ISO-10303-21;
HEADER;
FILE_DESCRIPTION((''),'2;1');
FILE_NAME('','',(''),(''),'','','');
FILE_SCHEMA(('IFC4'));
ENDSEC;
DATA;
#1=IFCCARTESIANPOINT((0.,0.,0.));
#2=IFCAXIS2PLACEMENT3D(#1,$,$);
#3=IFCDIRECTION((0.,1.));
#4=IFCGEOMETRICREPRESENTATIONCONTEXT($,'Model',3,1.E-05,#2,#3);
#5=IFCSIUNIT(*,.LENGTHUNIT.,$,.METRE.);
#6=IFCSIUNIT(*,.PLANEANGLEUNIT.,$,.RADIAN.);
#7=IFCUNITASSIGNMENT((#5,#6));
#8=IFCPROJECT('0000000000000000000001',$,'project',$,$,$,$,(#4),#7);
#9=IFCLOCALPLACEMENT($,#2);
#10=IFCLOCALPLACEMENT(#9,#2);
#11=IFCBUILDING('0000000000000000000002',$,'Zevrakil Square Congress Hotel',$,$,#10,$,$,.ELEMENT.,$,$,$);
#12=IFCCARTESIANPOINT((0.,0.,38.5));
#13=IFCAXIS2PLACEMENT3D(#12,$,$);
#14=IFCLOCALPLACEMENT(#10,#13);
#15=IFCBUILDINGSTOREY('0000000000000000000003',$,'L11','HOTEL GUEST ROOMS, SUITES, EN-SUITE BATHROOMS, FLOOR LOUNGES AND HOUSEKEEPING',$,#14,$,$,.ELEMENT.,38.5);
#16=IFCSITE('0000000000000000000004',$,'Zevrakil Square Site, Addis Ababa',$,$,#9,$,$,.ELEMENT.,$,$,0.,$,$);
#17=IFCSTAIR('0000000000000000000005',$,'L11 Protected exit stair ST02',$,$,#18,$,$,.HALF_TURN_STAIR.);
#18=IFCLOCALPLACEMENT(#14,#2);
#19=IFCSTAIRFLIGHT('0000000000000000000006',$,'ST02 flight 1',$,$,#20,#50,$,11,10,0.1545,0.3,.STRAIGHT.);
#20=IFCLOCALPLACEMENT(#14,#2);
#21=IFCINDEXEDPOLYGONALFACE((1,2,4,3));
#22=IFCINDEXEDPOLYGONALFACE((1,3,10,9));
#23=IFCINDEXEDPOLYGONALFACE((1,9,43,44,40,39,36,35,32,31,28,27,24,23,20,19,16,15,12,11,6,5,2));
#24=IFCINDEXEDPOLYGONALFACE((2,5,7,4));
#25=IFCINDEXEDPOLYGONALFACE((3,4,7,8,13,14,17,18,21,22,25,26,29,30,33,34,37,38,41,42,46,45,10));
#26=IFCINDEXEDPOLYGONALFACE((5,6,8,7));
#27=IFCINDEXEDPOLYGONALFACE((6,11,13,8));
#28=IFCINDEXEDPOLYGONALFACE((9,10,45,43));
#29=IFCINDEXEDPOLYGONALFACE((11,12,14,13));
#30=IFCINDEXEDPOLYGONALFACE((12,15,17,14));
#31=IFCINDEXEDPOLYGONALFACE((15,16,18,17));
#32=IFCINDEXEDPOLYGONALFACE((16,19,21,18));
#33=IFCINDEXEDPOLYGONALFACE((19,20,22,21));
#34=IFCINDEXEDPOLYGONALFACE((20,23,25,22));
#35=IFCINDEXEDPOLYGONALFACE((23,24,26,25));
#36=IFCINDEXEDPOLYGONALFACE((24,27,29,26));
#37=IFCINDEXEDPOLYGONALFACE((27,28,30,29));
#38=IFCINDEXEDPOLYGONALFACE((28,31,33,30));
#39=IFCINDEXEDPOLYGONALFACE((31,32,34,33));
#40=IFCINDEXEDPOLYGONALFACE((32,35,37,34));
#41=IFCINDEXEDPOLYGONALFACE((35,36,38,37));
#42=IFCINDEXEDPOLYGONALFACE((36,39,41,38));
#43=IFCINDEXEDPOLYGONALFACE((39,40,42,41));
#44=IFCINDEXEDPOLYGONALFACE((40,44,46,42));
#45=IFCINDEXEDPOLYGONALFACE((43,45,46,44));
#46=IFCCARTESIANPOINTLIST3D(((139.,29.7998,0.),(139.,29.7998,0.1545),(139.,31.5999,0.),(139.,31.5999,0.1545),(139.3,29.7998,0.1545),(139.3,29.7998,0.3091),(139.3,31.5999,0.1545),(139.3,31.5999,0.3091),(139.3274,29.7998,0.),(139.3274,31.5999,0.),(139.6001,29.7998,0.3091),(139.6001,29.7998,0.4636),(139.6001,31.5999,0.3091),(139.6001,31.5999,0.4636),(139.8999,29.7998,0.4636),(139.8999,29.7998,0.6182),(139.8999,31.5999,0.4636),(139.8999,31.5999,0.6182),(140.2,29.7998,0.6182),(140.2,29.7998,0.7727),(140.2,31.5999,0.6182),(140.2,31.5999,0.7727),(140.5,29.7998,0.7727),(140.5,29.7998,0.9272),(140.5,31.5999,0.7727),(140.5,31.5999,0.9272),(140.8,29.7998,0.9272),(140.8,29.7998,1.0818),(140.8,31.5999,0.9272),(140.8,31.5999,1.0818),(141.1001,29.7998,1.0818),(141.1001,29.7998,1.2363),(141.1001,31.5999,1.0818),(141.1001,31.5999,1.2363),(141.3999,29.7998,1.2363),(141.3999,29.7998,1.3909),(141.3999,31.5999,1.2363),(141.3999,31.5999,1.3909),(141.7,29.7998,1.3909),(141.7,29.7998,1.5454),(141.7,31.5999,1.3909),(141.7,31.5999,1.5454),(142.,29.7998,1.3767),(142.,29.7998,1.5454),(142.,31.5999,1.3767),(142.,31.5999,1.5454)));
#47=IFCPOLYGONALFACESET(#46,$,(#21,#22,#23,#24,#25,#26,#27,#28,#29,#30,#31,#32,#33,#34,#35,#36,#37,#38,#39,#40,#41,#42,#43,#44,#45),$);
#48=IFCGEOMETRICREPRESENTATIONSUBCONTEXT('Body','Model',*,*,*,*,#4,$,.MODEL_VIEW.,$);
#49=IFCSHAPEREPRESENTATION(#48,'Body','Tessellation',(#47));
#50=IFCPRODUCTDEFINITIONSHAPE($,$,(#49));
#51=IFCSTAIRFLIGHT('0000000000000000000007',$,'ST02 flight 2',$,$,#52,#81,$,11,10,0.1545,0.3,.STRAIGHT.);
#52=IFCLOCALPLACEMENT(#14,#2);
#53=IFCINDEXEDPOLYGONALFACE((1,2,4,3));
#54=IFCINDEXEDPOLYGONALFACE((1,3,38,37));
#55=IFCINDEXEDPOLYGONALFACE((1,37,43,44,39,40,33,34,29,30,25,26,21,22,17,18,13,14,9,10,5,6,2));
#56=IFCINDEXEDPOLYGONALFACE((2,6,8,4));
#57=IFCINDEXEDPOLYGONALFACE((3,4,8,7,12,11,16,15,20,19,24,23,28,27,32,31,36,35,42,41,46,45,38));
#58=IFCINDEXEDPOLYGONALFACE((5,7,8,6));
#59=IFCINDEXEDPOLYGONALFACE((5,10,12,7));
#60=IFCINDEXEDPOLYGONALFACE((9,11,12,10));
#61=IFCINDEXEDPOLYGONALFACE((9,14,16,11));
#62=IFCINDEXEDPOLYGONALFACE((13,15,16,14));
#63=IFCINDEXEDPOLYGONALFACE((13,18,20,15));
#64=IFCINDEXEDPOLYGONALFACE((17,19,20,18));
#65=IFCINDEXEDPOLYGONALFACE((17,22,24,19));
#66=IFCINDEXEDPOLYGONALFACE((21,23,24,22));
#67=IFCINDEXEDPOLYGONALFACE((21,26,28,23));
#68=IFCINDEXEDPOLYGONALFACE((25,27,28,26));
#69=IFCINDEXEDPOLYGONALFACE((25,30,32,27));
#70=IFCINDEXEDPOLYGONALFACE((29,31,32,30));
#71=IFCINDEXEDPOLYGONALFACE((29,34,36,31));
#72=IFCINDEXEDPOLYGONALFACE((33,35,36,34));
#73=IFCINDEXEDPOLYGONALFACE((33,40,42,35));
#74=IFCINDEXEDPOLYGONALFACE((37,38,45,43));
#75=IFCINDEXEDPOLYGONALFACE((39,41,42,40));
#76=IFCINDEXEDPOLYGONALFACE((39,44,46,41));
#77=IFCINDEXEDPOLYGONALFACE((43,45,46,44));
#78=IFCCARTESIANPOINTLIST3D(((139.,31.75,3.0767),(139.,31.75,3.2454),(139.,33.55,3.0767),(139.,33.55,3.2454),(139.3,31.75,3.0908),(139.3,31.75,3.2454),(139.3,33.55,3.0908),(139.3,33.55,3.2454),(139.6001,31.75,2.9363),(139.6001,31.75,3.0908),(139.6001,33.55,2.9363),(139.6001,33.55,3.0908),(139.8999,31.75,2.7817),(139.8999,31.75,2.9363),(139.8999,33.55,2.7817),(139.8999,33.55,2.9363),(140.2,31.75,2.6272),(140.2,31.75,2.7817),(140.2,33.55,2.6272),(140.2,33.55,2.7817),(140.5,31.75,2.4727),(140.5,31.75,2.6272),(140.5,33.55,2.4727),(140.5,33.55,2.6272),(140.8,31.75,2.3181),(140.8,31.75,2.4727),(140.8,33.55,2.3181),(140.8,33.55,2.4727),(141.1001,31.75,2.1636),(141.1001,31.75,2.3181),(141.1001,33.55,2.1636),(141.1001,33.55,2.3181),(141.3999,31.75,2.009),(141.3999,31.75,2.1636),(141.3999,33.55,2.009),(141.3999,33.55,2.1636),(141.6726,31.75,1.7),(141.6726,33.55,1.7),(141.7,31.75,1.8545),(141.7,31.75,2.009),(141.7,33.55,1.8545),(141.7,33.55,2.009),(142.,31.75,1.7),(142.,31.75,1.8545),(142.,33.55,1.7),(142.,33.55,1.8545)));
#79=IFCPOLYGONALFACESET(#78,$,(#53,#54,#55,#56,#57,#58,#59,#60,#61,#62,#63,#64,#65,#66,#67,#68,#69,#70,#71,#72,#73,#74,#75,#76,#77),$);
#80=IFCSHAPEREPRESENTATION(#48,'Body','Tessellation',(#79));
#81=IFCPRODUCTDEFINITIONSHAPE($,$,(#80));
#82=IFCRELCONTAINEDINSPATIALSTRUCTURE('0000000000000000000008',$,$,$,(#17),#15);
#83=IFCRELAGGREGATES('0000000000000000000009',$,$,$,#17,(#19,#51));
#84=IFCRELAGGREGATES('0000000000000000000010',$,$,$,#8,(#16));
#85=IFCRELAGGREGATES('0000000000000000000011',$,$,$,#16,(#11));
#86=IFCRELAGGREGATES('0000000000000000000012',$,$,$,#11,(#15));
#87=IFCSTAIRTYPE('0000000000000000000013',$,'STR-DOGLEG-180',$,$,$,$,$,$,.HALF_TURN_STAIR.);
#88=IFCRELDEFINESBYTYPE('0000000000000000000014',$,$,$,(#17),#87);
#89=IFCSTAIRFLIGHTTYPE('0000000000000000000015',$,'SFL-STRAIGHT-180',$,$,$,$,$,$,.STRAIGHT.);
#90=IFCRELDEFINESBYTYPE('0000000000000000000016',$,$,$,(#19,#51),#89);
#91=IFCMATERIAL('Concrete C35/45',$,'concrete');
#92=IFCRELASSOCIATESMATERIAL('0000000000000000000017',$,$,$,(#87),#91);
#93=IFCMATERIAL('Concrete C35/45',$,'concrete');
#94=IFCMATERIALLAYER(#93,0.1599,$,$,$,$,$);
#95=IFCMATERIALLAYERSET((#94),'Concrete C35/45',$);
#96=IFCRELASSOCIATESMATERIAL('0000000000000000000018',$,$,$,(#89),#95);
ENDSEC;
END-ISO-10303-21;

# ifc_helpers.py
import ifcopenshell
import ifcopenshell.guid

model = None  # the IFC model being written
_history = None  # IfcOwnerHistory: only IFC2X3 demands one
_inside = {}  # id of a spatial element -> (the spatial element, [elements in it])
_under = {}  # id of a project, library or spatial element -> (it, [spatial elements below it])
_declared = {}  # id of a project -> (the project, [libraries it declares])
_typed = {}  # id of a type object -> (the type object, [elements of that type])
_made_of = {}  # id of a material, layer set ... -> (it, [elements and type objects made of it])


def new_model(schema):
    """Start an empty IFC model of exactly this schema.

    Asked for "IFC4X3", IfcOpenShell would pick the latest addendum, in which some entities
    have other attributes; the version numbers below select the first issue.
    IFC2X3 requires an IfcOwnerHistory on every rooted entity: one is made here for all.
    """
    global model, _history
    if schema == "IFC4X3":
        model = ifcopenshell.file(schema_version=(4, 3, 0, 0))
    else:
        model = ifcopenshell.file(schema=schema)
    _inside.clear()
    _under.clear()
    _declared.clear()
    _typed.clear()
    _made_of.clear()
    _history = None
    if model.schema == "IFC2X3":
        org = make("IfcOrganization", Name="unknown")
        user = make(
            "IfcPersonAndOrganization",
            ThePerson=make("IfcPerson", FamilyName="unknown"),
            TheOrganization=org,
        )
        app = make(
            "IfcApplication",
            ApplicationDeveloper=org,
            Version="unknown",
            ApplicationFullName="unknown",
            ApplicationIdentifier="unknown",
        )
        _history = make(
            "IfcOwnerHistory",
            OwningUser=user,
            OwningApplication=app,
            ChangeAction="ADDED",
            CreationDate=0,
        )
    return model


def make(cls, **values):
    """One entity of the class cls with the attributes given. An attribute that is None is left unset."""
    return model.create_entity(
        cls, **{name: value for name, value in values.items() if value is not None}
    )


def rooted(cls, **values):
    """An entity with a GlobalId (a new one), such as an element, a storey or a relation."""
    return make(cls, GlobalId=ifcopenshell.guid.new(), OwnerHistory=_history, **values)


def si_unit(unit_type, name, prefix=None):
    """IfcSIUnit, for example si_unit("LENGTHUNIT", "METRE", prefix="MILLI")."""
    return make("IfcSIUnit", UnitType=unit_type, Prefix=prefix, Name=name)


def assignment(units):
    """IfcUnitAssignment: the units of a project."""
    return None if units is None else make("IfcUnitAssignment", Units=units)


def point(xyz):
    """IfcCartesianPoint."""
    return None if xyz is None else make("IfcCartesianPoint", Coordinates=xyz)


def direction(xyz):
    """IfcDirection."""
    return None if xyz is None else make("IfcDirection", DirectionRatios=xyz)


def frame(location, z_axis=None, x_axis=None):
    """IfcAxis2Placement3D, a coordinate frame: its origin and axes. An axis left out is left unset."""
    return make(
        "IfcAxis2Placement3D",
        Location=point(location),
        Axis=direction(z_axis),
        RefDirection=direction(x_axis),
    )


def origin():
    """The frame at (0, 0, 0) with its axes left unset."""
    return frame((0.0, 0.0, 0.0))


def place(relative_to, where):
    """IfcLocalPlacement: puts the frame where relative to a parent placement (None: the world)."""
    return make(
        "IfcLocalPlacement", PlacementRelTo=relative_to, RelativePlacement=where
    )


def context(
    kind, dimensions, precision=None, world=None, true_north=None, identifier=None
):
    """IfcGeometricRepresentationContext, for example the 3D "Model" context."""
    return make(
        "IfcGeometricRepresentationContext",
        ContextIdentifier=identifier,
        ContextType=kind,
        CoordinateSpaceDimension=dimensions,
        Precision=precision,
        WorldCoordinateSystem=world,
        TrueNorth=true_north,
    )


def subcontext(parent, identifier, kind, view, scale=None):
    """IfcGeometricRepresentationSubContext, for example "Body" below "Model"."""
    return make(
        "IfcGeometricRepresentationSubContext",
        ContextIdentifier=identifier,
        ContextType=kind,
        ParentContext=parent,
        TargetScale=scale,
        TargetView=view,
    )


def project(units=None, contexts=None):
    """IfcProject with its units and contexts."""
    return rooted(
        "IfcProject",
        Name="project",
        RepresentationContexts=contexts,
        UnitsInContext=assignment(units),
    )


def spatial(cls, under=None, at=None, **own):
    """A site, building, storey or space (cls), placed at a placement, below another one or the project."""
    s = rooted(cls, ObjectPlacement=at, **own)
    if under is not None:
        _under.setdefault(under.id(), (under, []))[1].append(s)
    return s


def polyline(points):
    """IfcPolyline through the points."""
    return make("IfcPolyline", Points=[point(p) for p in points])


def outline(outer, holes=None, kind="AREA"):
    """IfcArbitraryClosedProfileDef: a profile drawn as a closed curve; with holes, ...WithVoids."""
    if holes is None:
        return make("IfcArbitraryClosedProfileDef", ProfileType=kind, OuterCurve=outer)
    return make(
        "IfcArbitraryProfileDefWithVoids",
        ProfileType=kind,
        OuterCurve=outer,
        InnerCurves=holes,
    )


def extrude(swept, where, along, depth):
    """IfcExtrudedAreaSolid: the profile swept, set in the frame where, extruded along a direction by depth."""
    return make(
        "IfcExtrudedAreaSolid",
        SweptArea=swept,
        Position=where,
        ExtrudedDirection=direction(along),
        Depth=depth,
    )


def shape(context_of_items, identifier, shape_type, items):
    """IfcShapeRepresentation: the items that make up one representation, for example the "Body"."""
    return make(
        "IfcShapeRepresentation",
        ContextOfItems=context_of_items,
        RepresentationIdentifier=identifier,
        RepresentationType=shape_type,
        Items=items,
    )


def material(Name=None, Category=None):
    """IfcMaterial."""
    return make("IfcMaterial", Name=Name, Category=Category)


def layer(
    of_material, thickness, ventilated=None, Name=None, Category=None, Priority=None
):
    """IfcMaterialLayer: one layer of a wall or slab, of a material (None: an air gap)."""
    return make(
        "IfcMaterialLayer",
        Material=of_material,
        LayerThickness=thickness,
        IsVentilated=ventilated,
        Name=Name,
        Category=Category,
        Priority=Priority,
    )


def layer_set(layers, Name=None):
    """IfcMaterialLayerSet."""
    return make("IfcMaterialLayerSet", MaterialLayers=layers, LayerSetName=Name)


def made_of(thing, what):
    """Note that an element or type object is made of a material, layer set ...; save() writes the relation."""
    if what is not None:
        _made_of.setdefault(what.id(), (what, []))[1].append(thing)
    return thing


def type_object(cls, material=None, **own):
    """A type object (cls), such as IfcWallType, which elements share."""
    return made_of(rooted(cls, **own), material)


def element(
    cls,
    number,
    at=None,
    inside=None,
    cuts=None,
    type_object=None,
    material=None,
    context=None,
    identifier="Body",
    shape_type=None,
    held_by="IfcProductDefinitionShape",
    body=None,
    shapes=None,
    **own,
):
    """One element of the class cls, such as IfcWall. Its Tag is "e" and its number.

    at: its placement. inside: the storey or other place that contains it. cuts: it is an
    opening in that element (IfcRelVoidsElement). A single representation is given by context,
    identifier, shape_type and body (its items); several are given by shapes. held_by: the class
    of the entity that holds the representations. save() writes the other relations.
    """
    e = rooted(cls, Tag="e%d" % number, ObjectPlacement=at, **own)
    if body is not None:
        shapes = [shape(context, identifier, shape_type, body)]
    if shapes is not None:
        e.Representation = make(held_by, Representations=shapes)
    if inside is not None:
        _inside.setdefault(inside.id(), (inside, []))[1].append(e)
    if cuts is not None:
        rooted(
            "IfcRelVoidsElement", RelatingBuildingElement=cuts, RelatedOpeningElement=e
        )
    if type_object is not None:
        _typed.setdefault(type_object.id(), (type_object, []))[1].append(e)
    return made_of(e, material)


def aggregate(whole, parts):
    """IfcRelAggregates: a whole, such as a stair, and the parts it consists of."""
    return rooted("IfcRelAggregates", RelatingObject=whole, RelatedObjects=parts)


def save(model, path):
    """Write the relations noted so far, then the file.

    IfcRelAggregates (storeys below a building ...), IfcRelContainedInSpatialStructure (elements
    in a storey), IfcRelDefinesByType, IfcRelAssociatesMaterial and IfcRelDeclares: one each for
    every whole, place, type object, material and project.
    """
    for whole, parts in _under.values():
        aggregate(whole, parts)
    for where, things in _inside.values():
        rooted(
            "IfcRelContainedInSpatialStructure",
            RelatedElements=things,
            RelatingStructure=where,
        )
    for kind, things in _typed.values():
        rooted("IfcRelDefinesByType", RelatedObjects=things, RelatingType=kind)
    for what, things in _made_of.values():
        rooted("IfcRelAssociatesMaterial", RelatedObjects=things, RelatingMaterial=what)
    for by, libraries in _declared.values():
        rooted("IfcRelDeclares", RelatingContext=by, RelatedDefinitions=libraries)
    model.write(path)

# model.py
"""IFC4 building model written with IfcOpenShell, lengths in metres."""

from ifc_helpers import new_model, si_unit, direction, frame, origin, place, context, subcontext, project, spatial, polyline, outline, extrude, material, layer, layer_set, type_object, element, aggregate, save


model = new_model("IFC4")

# Units and contexts
model_context = context("Model", 3, precision=1e-05, world=origin(), true_north=direction((0.0, 1.0)))
body_context = subcontext(model_context, "Body", "Model", "MODEL_VIEW")
ifc_project = project(units=[si_unit("LENGTHUNIT", "METRE"), si_unit("PLANEANGLEUNIT", "RADIAN")], contexts=[model_context])

# Site, building, storey
site_placement = place(None, origin())
site = spatial("IfcSite", under=ifc_project, at=site_placement, Name="Zevrakil Square Site, Addis Ababa", CompositionType="ELEMENT", RefElevation=0.0)
building_placement = place(site_placement, origin())
building = spatial("IfcBuilding", under=site, at=building_placement, Name="Zevrakil Square Congress Hotel", CompositionType="ELEMENT")
storey_placement = place(building_placement, frame((0.0, 0.0, 38.5)))
storey = spatial("IfcBuildingStorey", under=building, at=storey_placement, Name="L11", Description="HOTEL GUEST ROOMS, SUITES, EN-SUITE BATHROOMS, FLOOR LOUNGES AND HOUSEKEEPING", CompositionType="ELEMENT", Elevation=38.5)

# Stair, stair flights
ifc_material_1 = material(Name="Concrete C35/45", Category="concrete")
stair_type = type_object("IfcStairType", Name="STR-DOGLEG-180", PredefinedType="HALF_TURN_STAIR", material=ifc_material_1)
stair_placement = place(storey_placement, origin())
stair = element("IfcStair", 1, at=stair_placement, inside=storey, type_object=stair_type, Name="L11 Protected exit stair ST02", PredefinedType="HALF_TURN_STAIR")
ifc_material_2 = material(Name="Concrete C35/45", Category="concrete")
ifc_layer_1 = layer(ifc_material_2, 0.1599)
ifc_layer_set_1 = layer_set([ifc_layer_1], Name="Concrete C35/45")
stair_flight_type = type_object("IfcStairFlightType", Name="SFL-STRAIGHT-180", PredefinedType="STRAIGHT", material=ifc_layer_set_1)
stair_flight_1_placement = place(storey_placement, frame((139.0, 30.7, 0.0), z_axis=(0.0, 0.0, 1.0), x_axis=(1.0, 0.0, 0.0)))
stair_flight_1 = element("IfcStairFlight", 2, at=stair_flight_1_placement, type_object=stair_flight_type, Name="ST02 flight 1", NumberOfRisers=11, NumberOfTreads=10, PredefinedType="STRAIGHT", RiserHeight=0.1545, TreadLength=0.3, context=body_context, shape_type="SweptSolid", body=[
    extrude(outline(polyline([(0.0, 0.0), (0.0, 0.1545), (0.3, 0.1545), (0.3, 0.3091), (0.6001, 0.3091), (0.6001, 0.4636), (0.8999, 0.4636), (0.8999, 0.6182), (1.2, 0.6182), (1.2, 0.7727), (1.5, 0.7727), (1.5, 0.9272), (1.8, 0.9272), (1.8, 1.0818), (2.1001, 1.0818), (2.1001, 1.2363), (2.3999, 1.2363), (2.3999, 1.3909), (2.7, 1.3909), (2.7, 1.5454), (3.0, 1.5454), (3.0, 1.7), (3.0, 1.3767), (0.3274, 0.0), (0.0, 0.0)])), frame((0.0, 0.8999, 0.0), z_axis=(0.0, -1.0, 0.0), x_axis=(1.0, 0.0, 0.0)), (0.0, 0.0, 1.0), 1.8),
])
stair_flight_2_placement = place(storey_placement, frame((142.0, 32.6499, 1.7), z_axis=(0.0, 0.0, 1.0), x_axis=(-1.0, 0.0, 0.0)))
stair_flight_2 = element("IfcStairFlight", 3, at=stair_flight_2_placement, type_object=stair_flight_type, Name="ST02 flight 2", NumberOfRisers=11, NumberOfTreads=10, PredefinedType="STRAIGHT", RiserHeight=0.1545, TreadLength=0.3, context=body_context, shape_type="SweptSolid", body=[
    extrude(outline(polyline([(0.0, 0.0), (0.0, 0.1545), (0.3, 0.1545), (0.3, 0.3091), (0.6001, 0.3091), (0.6001, 0.4636), (0.8999, 0.4636), (0.8999, 0.6182), (1.2, 0.6182), (1.2, 0.7727), (1.5, 0.7727), (1.5, 0.9272), (1.8, 0.9272), (1.8, 1.0818), (2.1001, 1.0818), (2.1001, 1.2363), (2.3999, 1.2363), (2.3999, 1.3909), (2.7, 1.3909), (2.7, 1.5454), (3.0, 1.5454), (3.0, 1.7), (3.0, 1.3767), (0.3274, 0.0), (0.0, 0.0)])), frame((0.0, 0.8999, 0.0), z_axis=(0.0, -1.0, 0.0), x_axis=(1.0, 0.0, 0.0)), (0.0, 0.0, 1.0), 1.8),
])
aggregate(stair, [stair_flight_1, stair_flight_2])

save(model, "model.ifc")
